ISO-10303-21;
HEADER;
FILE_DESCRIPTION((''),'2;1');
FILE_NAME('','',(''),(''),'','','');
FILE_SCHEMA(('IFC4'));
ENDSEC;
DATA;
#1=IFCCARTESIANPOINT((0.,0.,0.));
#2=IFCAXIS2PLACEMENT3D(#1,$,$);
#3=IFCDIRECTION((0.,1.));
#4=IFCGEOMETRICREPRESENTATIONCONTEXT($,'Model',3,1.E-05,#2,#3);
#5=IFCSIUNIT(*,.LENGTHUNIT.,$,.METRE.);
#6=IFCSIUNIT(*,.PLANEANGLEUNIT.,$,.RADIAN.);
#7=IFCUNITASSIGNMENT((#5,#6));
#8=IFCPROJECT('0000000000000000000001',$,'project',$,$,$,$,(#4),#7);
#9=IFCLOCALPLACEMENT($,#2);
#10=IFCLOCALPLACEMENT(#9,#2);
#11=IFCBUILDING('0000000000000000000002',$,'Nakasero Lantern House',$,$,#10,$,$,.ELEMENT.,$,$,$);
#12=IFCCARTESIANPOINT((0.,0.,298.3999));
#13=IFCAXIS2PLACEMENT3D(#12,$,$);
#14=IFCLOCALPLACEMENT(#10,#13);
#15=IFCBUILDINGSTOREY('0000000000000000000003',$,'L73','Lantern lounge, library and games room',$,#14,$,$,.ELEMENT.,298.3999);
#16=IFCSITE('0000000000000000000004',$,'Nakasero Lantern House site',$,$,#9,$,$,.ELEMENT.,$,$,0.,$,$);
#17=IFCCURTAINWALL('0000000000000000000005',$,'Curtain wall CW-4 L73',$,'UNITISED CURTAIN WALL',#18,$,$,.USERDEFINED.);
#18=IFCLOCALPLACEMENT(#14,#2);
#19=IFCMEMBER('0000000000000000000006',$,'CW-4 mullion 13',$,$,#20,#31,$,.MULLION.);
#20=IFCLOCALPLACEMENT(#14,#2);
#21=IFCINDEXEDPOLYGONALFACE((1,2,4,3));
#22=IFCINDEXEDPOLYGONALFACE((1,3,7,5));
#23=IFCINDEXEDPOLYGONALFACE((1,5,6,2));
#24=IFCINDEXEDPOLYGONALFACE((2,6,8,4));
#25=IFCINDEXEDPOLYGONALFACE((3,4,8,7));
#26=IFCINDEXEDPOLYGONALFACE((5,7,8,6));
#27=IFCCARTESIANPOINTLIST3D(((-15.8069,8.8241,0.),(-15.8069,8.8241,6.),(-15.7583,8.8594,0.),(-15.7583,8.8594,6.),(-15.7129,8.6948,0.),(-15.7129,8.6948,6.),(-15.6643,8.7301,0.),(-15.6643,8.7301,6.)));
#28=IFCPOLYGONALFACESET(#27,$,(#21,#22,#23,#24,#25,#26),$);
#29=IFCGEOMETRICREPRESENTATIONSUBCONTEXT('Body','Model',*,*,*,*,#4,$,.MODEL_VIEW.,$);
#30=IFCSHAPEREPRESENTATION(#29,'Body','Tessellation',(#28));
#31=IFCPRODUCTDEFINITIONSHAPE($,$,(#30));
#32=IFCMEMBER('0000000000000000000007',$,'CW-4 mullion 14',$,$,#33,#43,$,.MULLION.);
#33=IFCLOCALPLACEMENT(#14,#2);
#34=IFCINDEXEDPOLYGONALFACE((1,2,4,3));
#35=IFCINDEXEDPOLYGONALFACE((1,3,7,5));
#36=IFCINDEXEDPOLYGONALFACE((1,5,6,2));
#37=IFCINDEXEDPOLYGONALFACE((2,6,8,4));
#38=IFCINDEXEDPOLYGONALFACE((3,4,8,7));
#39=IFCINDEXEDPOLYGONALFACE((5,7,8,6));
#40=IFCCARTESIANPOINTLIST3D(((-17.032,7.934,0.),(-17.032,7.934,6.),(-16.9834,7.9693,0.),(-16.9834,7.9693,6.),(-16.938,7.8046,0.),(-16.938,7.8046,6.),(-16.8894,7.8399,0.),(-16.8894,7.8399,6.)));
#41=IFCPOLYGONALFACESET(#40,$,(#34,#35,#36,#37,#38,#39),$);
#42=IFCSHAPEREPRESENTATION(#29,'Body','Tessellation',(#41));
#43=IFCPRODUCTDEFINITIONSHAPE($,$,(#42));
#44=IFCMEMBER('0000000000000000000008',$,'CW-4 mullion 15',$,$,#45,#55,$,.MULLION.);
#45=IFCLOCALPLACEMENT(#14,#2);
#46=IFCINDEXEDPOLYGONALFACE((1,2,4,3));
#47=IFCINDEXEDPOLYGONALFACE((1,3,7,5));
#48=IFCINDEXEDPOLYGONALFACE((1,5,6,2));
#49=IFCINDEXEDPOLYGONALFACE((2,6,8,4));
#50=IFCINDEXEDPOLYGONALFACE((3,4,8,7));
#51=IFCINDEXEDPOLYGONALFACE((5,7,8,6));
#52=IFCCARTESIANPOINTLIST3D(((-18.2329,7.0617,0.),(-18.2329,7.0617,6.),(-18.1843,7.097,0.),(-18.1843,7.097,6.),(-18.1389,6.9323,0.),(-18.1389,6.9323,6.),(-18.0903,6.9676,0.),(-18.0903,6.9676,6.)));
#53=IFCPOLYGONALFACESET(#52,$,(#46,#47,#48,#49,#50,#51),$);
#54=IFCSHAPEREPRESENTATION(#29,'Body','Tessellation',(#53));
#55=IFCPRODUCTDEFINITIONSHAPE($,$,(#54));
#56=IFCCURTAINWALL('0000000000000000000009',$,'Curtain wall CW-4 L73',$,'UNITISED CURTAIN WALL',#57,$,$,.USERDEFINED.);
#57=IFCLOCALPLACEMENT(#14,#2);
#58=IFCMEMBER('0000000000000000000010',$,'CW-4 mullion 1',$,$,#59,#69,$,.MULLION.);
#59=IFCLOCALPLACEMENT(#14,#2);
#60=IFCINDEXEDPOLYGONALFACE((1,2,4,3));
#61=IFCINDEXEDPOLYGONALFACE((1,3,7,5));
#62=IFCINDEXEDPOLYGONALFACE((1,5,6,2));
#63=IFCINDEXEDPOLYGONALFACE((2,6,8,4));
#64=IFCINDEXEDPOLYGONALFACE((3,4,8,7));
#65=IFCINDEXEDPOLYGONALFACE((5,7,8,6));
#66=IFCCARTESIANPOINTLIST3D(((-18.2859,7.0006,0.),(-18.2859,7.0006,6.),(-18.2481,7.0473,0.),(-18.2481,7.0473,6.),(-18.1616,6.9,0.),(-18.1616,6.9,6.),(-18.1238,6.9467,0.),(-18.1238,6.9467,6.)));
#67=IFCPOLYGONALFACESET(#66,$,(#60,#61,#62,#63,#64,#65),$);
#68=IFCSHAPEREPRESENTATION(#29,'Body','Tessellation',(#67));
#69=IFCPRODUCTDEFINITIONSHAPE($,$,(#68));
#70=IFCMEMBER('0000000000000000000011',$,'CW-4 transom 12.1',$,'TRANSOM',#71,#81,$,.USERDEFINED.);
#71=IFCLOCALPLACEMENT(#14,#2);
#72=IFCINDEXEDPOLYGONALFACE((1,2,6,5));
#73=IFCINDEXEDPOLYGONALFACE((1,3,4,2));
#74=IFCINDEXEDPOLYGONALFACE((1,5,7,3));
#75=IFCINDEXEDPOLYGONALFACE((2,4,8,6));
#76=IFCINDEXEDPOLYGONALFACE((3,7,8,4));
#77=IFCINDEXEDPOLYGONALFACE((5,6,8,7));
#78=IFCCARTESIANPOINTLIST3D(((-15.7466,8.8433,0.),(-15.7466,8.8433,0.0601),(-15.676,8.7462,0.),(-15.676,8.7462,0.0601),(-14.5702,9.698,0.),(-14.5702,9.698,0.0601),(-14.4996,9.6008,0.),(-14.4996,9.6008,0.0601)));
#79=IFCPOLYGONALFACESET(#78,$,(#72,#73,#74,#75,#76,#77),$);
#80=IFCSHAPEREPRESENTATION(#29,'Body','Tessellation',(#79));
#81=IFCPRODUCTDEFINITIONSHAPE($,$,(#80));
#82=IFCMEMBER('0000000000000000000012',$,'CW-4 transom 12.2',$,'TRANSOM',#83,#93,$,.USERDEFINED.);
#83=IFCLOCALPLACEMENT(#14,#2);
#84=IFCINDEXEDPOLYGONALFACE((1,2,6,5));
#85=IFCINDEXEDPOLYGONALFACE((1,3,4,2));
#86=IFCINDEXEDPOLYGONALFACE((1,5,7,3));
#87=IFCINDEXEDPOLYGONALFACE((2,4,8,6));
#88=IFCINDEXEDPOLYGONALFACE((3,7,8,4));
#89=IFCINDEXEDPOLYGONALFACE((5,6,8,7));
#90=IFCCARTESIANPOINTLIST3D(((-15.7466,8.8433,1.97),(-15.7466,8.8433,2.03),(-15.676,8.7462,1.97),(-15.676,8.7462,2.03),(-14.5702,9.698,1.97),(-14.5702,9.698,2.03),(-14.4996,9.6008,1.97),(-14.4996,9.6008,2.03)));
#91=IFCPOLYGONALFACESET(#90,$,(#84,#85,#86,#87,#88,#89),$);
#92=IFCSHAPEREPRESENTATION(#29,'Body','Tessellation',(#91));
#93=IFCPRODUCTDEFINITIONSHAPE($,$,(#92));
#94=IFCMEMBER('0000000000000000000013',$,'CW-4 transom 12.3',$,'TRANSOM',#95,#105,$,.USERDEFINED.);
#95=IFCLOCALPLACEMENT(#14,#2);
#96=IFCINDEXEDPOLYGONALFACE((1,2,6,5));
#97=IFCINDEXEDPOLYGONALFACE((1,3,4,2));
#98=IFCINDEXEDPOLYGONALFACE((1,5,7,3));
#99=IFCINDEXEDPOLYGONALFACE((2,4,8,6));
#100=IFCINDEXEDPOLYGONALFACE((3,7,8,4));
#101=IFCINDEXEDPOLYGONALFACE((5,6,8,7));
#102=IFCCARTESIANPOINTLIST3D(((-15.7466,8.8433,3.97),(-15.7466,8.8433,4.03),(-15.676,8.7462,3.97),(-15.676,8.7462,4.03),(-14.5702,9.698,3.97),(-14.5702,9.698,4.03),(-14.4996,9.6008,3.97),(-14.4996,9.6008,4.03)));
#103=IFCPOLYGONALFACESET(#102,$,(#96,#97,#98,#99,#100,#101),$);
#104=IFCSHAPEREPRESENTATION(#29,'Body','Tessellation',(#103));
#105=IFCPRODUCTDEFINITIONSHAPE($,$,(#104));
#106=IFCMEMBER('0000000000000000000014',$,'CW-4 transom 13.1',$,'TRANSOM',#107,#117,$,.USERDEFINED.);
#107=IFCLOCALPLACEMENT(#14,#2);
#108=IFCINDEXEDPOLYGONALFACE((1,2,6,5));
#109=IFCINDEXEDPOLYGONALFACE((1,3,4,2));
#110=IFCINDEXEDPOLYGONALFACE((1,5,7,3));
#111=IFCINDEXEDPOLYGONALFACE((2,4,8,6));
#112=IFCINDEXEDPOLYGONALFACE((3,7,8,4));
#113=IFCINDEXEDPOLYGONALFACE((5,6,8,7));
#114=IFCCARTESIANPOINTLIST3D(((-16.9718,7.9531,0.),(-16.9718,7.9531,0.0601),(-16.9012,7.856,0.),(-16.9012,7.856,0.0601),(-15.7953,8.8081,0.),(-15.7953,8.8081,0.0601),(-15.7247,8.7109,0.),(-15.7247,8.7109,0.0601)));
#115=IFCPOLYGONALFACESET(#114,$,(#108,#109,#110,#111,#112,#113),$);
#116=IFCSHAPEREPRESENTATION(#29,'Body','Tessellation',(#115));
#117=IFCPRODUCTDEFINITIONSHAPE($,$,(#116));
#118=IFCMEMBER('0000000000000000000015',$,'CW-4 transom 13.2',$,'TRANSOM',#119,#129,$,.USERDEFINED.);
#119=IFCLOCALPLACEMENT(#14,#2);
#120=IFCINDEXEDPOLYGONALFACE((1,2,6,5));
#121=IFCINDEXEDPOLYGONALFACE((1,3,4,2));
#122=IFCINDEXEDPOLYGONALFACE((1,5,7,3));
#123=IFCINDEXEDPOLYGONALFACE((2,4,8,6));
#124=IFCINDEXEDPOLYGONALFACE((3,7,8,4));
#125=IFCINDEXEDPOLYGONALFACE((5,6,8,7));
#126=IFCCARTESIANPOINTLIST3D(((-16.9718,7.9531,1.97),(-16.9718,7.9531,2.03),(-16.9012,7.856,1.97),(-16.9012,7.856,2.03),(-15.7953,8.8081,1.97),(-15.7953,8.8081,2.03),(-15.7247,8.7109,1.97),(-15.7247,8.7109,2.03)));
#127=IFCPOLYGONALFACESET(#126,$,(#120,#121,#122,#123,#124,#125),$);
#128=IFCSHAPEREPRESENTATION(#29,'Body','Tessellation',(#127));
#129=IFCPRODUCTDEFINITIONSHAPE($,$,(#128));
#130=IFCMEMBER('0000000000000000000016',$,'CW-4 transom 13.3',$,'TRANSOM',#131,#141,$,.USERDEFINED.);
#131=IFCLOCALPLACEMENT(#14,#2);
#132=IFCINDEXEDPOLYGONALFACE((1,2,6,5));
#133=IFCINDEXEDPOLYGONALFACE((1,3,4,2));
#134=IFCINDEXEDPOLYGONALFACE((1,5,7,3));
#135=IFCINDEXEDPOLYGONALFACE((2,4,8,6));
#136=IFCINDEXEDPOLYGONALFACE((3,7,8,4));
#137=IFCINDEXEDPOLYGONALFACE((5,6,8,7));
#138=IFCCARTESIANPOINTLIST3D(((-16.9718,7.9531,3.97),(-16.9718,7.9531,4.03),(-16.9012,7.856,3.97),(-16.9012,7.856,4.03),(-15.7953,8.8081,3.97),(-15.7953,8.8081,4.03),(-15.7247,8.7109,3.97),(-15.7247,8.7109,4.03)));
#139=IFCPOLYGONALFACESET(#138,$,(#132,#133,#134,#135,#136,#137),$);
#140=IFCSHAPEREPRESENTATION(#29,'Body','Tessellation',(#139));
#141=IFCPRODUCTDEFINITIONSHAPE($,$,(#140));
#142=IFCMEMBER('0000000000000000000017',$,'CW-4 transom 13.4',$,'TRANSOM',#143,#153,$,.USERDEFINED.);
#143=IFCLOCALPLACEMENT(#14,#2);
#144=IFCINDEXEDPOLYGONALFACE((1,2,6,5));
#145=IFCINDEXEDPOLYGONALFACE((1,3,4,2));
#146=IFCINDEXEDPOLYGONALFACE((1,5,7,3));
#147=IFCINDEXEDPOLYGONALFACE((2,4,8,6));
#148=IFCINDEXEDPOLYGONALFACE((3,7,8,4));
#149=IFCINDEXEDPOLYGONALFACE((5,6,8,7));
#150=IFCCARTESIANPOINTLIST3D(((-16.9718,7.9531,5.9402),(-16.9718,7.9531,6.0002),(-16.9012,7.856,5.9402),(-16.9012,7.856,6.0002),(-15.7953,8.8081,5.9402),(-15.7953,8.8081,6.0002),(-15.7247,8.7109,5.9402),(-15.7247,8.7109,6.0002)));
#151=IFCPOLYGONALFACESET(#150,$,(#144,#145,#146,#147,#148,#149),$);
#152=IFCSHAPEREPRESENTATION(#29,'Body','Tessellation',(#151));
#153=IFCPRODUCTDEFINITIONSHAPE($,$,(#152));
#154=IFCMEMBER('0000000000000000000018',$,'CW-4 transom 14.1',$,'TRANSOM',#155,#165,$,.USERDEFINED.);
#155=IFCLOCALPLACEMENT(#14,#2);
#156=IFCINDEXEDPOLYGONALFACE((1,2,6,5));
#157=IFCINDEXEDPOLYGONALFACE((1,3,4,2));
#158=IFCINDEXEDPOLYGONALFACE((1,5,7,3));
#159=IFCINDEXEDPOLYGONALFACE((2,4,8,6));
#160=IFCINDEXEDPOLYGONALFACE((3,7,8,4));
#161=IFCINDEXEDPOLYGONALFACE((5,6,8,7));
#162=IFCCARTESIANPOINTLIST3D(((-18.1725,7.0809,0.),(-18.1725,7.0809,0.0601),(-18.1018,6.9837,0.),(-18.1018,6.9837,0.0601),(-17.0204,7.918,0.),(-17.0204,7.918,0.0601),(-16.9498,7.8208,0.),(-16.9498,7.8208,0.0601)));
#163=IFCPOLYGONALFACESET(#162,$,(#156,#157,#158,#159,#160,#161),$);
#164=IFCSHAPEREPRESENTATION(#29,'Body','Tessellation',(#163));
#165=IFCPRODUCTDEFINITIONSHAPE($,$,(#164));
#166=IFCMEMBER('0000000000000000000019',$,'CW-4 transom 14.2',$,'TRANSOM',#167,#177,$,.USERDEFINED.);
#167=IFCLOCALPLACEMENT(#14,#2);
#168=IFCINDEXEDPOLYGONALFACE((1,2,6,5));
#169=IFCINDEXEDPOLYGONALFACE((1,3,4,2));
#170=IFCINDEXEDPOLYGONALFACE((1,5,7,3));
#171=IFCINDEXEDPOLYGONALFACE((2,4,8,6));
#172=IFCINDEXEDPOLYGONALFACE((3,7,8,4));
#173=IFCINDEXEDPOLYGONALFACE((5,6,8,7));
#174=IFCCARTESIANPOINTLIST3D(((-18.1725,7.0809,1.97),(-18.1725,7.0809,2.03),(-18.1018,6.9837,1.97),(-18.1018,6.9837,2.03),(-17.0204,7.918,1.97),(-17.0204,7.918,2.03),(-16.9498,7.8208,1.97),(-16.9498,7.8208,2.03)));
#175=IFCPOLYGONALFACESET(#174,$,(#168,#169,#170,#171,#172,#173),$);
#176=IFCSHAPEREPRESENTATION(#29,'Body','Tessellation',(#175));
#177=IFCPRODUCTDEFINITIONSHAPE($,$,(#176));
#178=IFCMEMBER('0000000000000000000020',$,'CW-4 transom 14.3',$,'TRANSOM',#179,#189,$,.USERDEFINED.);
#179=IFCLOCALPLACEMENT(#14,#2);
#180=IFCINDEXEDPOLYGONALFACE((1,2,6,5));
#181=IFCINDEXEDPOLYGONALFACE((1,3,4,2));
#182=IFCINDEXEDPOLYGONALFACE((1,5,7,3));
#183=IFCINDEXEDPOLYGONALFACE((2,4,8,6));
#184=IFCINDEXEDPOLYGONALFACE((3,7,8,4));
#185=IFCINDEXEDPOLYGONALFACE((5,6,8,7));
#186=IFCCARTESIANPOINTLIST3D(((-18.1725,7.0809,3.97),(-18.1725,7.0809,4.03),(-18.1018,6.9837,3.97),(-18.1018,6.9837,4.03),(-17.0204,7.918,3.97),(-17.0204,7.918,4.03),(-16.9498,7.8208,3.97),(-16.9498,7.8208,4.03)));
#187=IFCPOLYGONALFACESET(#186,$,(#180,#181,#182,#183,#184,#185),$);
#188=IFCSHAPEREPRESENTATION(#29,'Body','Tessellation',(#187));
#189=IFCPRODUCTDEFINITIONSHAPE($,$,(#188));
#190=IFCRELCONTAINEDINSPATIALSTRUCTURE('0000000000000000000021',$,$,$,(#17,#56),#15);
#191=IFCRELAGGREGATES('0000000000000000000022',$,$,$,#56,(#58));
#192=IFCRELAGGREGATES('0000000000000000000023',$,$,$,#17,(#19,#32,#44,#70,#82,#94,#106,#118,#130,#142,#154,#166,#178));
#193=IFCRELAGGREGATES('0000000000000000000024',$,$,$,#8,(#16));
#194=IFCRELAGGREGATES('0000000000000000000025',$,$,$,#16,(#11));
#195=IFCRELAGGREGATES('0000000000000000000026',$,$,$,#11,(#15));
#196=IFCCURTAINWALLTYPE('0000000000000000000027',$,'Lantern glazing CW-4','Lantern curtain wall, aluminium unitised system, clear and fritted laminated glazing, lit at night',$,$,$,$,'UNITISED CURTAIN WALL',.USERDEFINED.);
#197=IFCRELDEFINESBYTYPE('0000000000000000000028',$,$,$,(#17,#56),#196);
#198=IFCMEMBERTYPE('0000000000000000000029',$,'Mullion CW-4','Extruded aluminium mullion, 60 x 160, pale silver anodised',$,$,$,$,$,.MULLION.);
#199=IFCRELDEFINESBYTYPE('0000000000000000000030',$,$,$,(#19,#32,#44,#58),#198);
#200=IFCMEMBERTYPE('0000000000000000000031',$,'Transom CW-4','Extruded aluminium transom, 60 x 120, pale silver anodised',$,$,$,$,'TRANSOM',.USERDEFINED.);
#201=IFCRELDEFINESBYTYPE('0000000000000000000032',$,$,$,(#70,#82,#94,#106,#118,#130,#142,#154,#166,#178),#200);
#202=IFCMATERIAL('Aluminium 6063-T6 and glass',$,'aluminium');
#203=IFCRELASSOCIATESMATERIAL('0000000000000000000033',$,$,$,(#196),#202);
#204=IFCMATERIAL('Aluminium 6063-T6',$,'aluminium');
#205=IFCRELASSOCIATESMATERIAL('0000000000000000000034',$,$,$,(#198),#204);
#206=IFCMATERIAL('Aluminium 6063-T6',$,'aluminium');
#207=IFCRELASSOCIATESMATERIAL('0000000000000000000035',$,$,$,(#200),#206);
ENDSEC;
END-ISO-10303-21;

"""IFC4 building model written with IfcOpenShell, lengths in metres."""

from ifc_helpers import new_model, si_unit, direction, frame, origin, origin_2d, place, context, subcontext, project, spatial, rectangle, extrude, material, material_profile, profile_set, type_object, element, aggregate, save


model = new_model("IFC4")

# Units and contexts
model_context = context("Model", 3, precision=1e-05, world=origin(), true_north=direction((0.0, 1.0)))
body_context = subcontext(model_context, "Body", "Model", "MODEL_VIEW")
ifc_project = project(units=[si_unit("LENGTHUNIT", "METRE"), si_unit("PLANEANGLEUNIT", "RADIAN")], contexts=[model_context])

# Site, building, storey
site_placement = place(None, origin())
site = spatial("IfcSite", under=ifc_project, at=site_placement, Name="Nakasero Lantern House site", CompositionType="ELEMENT", RefElevation=0.0)
building_placement = place(site_placement, origin())
building = spatial("IfcBuilding", under=site, at=building_placement, Name="Nakasero Lantern House", CompositionType="ELEMENT")
storey_placement = place(building_placement, frame((0.0, 0.0, 298.3999)))
storey = spatial("IfcBuildingStorey", under=building, at=storey_placement, Name="L73", Description="Lantern lounge, library and games room", CompositionType="ELEMENT", Elevation=298.3999)

# Curtain wall, members
ifc_material_1 = material(Name="Aluminium 6063-T6 and glass", Category="aluminium")
curtain_wall_type = type_object("IfcCurtainWallType", Name="Lantern glazing CW-4", Description="Lantern curtain wall, aluminium unitised system, clear and fritted laminated glazing, lit at night", ElementType="UNITISED CURTAIN WALL", PredefinedType="USERDEFINED", material=ifc_material_1)
curtain_wall_1_placement = place(storey_placement, origin())
curtain_wall_1 = element("IfcCurtainWall", 1, at=curtain_wall_1_placement, inside=storey, type_object=curtain_wall_type, Name="Curtain wall CW-4 L73", ObjectType="UNITISED CURTAIN WALL", PredefinedType="USERDEFINED")
ifc_material_2 = material(Name="Aluminium 6063-T6", Category="aluminium")
ifc_material_profile_1 = material_profile(ifc_material_2, rectangle(XDim=0.0601, YDim=0.1599, at=origin_2d()), Name="CW-4 mullion 60x160")
ifc_profile_set_1 = profile_set([ifc_material_profile_1], Name="Aluminium 6063-T6")
member_type_1 = type_object("IfcMemberType", Name="Mullion CW-4", Description="Extruded aluminium mullion, 60 x 160, pale silver anodised", PredefinedType="MULLION", material=ifc_profile_set_1)
member_1_placement = place(storey_placement, frame((-15.7356, 8.7771, 0.0), z_axis=(0.0, 0.0, 1.0), x_axis=(-0.809017, -0.587785, 0.0)))
member_1 = element("IfcMember", 2, at=member_1_placement, type_object=member_type_1, Name="CW-4 mullion 13", PredefinedType="MULLION", context=body_context, shape_type="SweptSolid", body=[
    extrude(rectangle(XDim=0.0601, YDim=0.1599, at=origin_2d()), origin(), (0.0, 0.0, 1.0), 6.0),
])
member_2_placement = place(storey_placement, frame((-16.9607, 7.887, 0.0), z_axis=(0.0, 0.0, 1.0), x_axis=(-0.809017, -0.587785, 0.0)))
member_2 = element("IfcMember", 3, at=member_2_placement, type_object=member_type_1, Name="CW-4 mullion 14", PredefinedType="MULLION", context=body_context, shape_type="SweptSolid", body=[
    extrude(rectangle(XDim=0.0601, YDim=0.1599, at=origin_2d()), origin(), (0.0, 0.0, 1.0), 6.0),
])
member_3_placement = place(storey_placement, frame((-18.1616, 7.0146, 0.0), z_axis=(0.0, 0.0, 1.0), x_axis=(-0.809017, -0.587785, 0.0)))
member_3 = element("IfcMember", 4, at=member_3_placement, type_object=member_type_1, Name="CW-4 mullion 15", PredefinedType="MULLION", context=body_context, shape_type="SweptSolid", body=[
    extrude(rectangle(XDim=0.0601, YDim=0.1599, at=origin_2d()), origin(), (0.0, 0.0, 1.0), 6.0),
])

# Curtain wall, member
curtain_wall_2_placement = place(storey_placement, origin())
curtain_wall_2 = element("IfcCurtainWall", 5, at=curtain_wall_2_placement, inside=storey, type_object=curtain_wall_type, Name="Curtain wall CW-4 L73", ObjectType="UNITISED CURTAIN WALL", PredefinedType="USERDEFINED")
member_4_placement = place(storey_placement, frame((-18.2048, 6.9736, 0.0), z_axis=(0.0, 0.0, 1.0), x_axis=(-0.62932, -0.777146, 0.0)))
member_4 = element("IfcMember", 6, at=member_4_placement, type_object=member_type_1, Name="CW-4 mullion 1", PredefinedType="MULLION", context=body_context, shape_type="SweptSolid", body=[
    extrude(rectangle(XDim=0.0601, YDim=0.1599, at=origin_2d()), origin(), (0.0, 0.0, 1.0), 6.0),
])

# Members
ifc_material_3 = material(Name="Aluminium 6063-T6", Category="aluminium")
ifc_material_profile_2 = material_profile(ifc_material_3, rectangle(XDim=0.0601, YDim=0.1201, at=origin_2d()), Name="CW-4 transom 60x120")
ifc_profile_set_2 = profile_set([ifc_material_profile_2], Name="Aluminium 6063-T6")
member_type_2 = type_object("IfcMemberType", Name="Transom CW-4", Description="Extruded aluminium transom, 60 x 120, pale silver anodised", ElementType="TRANSOM", PredefinedType="USERDEFINED", material=ifc_profile_set_2)
member_5_placement = place(storey_placement, frame((-14.5349, 9.6494, 0.03), z_axis=(-0.809034, -0.587762, 0.0), x_axis=(0.0, 0.0, 1.0)))
member_5 = element("IfcMember", 7, at=member_5_placement, type_object=member_type_2, Name="CW-4 transom 12.1", ObjectType="TRANSOM", PredefinedType="USERDEFINED", context=body_context, shape_type="SweptSolid", body=[
    extrude(rectangle(XDim=0.0601, YDim=0.1201, at=origin_2d()), origin(), (0.0, 0.0, 1.0), 1.4541),
])
member_6_placement = place(storey_placement, frame((-14.5349, 9.6494, 2.0), z_axis=(-0.809034, -0.587762, 0.0), x_axis=(0.0, 0.0, 1.0)))
member_6 = element("IfcMember", 8, at=member_6_placement, type_object=member_type_2, Name="CW-4 transom 12.2", ObjectType="TRANSOM", PredefinedType="USERDEFINED", context=body_context, shape_type="SweptSolid", body=[
    extrude(rectangle(XDim=0.0601, YDim=0.1201, at=origin_2d()), origin(), (0.0, 0.0, 1.0), 1.4541),
])
member_7_placement = place(storey_placement, frame((-14.5349, 9.6494, 4.0), z_axis=(-0.809034, -0.587762, 0.0), x_axis=(0.0, 0.0, 1.0)))
member_7 = element("IfcMember", 9, at=member_7_placement, type_object=member_type_2, Name="CW-4 transom 12.3", ObjectType="TRANSOM", PredefinedType="USERDEFINED", context=body_context, shape_type="SweptSolid", body=[
    extrude(rectangle(XDim=0.0601, YDim=0.1201, at=origin_2d()), origin(), (0.0, 0.0, 1.0), 1.4541),
])
member_8_placement = place(storey_placement, frame((-15.76, 8.7595, 0.03), z_axis=(-0.808954, -0.587872, 0.0), x_axis=(0.0, 0.0, 1.0)))
member_8 = element("IfcMember", 10, at=member_8_placement, type_object=member_type_2, Name="CW-4 transom 13.1", ObjectType="TRANSOM", PredefinedType="USERDEFINED", context=body_context, shape_type="SweptSolid", body=[
    extrude(rectangle(XDim=0.0601, YDim=0.1201, at=origin_2d()), origin(), (0.0, 0.0, 1.0), 1.4543),
])
member_9_placement = place(storey_placement, frame((-15.76, 8.7595, 2.0), z_axis=(-0.808954, -0.587872, 0.0), x_axis=(0.0, 0.0, 1.0)))
member_9 = element("IfcMember", 11, at=member_9_placement, type_object=member_type_2, Name="CW-4 transom 13.2", ObjectType="TRANSOM", PredefinedType="USERDEFINED", context=body_context, shape_type="SweptSolid", body=[
    extrude(rectangle(XDim=0.0601, YDim=0.1201, at=origin_2d()), origin(), (0.0, 0.0, 1.0), 1.4543),
])
member_10_placement = place(storey_placement, frame((-15.76, 8.7595, 4.0), z_axis=(-0.808954, -0.587872, 0.0), x_axis=(0.0, 0.0, 1.0)))
member_10 = element("IfcMember", 12, at=member_10_placement, type_object=member_type_2, Name="CW-4 transom 13.3", ObjectType="TRANSOM", PredefinedType="USERDEFINED", context=body_context, shape_type="SweptSolid", body=[
    extrude(rectangle(XDim=0.0601, YDim=0.1201, at=origin_2d()), origin(), (0.0, 0.0, 1.0), 1.4543),
])
member_11_placement = place(storey_placement, frame((-15.76, 8.7595, 5.9702), z_axis=(-0.808954, -0.587872, 0.0), x_axis=(0.0, 0.0, 1.0)))
member_11 = element("IfcMember", 13, at=member_11_placement, type_object=member_type_2, Name="CW-4 transom 13.4", ObjectType="TRANSOM", PredefinedType="USERDEFINED", context=body_context, shape_type="SweptSolid", body=[
    extrude(rectangle(XDim=0.0601, YDim=0.1201, at=origin_2d()), origin(), (0.0, 0.0, 1.0), 1.4543),
])
member_12_placement = place(storey_placement, frame((-16.9851, 7.8694, 0.03), z_axis=(-0.808981, -0.587835, 0.0), x_axis=(0.0, 0.0, 1.0)))
member_12 = element("IfcMember", 14, at=member_12_placement, type_object=member_type_2, Name="CW-4 transom 14.1", ObjectType="TRANSOM", PredefinedType="USERDEFINED", context=body_context, shape_type="SweptSolid", body=[
    extrude(rectangle(XDim=0.0601, YDim=0.1201, at=origin_2d()), origin(), (0.0, 0.0, 1.0), 1.4241),
])
member_13_placement = place(storey_placement, frame((-16.9851, 7.8694, 2.0), z_axis=(-0.808981, -0.587835, 0.0), x_axis=(0.0, 0.0, 1.0)))
member_13 = element("IfcMember", 15, at=member_13_placement, type_object=member_type_2, Name="CW-4 transom 14.2", ObjectType="TRANSOM", PredefinedType="USERDEFINED", context=body_context, shape_type="SweptSolid", body=[
    extrude(rectangle(XDim=0.0601, YDim=0.1201, at=origin_2d()), origin(), (0.0, 0.0, 1.0), 1.4241),
])
member_14_placement = place(storey_placement, frame((-16.9851, 7.8694, 4.0), z_axis=(-0.808981, -0.587835, 0.0), x_axis=(0.0, 0.0, 1.0)))
member_14 = element("IfcMember", 16, at=member_14_placement, type_object=member_type_2, Name="CW-4 transom 14.3", ObjectType="TRANSOM", PredefinedType="USERDEFINED", context=body_context, shape_type="SweptSolid", body=[
    extrude(rectangle(XDim=0.0601, YDim=0.1201, at=origin_2d()), origin(), (0.0, 0.0, 1.0), 1.4241),
])
aggregate(curtain_wall_2, [member_4])

aggregate(curtain_wall_1, [member_1, member_2, member_3, member_5, member_6, member_7, member_8, member_9, member_10, member_11, member_12, member_13, member_14])

save(model, "model.ifc")
